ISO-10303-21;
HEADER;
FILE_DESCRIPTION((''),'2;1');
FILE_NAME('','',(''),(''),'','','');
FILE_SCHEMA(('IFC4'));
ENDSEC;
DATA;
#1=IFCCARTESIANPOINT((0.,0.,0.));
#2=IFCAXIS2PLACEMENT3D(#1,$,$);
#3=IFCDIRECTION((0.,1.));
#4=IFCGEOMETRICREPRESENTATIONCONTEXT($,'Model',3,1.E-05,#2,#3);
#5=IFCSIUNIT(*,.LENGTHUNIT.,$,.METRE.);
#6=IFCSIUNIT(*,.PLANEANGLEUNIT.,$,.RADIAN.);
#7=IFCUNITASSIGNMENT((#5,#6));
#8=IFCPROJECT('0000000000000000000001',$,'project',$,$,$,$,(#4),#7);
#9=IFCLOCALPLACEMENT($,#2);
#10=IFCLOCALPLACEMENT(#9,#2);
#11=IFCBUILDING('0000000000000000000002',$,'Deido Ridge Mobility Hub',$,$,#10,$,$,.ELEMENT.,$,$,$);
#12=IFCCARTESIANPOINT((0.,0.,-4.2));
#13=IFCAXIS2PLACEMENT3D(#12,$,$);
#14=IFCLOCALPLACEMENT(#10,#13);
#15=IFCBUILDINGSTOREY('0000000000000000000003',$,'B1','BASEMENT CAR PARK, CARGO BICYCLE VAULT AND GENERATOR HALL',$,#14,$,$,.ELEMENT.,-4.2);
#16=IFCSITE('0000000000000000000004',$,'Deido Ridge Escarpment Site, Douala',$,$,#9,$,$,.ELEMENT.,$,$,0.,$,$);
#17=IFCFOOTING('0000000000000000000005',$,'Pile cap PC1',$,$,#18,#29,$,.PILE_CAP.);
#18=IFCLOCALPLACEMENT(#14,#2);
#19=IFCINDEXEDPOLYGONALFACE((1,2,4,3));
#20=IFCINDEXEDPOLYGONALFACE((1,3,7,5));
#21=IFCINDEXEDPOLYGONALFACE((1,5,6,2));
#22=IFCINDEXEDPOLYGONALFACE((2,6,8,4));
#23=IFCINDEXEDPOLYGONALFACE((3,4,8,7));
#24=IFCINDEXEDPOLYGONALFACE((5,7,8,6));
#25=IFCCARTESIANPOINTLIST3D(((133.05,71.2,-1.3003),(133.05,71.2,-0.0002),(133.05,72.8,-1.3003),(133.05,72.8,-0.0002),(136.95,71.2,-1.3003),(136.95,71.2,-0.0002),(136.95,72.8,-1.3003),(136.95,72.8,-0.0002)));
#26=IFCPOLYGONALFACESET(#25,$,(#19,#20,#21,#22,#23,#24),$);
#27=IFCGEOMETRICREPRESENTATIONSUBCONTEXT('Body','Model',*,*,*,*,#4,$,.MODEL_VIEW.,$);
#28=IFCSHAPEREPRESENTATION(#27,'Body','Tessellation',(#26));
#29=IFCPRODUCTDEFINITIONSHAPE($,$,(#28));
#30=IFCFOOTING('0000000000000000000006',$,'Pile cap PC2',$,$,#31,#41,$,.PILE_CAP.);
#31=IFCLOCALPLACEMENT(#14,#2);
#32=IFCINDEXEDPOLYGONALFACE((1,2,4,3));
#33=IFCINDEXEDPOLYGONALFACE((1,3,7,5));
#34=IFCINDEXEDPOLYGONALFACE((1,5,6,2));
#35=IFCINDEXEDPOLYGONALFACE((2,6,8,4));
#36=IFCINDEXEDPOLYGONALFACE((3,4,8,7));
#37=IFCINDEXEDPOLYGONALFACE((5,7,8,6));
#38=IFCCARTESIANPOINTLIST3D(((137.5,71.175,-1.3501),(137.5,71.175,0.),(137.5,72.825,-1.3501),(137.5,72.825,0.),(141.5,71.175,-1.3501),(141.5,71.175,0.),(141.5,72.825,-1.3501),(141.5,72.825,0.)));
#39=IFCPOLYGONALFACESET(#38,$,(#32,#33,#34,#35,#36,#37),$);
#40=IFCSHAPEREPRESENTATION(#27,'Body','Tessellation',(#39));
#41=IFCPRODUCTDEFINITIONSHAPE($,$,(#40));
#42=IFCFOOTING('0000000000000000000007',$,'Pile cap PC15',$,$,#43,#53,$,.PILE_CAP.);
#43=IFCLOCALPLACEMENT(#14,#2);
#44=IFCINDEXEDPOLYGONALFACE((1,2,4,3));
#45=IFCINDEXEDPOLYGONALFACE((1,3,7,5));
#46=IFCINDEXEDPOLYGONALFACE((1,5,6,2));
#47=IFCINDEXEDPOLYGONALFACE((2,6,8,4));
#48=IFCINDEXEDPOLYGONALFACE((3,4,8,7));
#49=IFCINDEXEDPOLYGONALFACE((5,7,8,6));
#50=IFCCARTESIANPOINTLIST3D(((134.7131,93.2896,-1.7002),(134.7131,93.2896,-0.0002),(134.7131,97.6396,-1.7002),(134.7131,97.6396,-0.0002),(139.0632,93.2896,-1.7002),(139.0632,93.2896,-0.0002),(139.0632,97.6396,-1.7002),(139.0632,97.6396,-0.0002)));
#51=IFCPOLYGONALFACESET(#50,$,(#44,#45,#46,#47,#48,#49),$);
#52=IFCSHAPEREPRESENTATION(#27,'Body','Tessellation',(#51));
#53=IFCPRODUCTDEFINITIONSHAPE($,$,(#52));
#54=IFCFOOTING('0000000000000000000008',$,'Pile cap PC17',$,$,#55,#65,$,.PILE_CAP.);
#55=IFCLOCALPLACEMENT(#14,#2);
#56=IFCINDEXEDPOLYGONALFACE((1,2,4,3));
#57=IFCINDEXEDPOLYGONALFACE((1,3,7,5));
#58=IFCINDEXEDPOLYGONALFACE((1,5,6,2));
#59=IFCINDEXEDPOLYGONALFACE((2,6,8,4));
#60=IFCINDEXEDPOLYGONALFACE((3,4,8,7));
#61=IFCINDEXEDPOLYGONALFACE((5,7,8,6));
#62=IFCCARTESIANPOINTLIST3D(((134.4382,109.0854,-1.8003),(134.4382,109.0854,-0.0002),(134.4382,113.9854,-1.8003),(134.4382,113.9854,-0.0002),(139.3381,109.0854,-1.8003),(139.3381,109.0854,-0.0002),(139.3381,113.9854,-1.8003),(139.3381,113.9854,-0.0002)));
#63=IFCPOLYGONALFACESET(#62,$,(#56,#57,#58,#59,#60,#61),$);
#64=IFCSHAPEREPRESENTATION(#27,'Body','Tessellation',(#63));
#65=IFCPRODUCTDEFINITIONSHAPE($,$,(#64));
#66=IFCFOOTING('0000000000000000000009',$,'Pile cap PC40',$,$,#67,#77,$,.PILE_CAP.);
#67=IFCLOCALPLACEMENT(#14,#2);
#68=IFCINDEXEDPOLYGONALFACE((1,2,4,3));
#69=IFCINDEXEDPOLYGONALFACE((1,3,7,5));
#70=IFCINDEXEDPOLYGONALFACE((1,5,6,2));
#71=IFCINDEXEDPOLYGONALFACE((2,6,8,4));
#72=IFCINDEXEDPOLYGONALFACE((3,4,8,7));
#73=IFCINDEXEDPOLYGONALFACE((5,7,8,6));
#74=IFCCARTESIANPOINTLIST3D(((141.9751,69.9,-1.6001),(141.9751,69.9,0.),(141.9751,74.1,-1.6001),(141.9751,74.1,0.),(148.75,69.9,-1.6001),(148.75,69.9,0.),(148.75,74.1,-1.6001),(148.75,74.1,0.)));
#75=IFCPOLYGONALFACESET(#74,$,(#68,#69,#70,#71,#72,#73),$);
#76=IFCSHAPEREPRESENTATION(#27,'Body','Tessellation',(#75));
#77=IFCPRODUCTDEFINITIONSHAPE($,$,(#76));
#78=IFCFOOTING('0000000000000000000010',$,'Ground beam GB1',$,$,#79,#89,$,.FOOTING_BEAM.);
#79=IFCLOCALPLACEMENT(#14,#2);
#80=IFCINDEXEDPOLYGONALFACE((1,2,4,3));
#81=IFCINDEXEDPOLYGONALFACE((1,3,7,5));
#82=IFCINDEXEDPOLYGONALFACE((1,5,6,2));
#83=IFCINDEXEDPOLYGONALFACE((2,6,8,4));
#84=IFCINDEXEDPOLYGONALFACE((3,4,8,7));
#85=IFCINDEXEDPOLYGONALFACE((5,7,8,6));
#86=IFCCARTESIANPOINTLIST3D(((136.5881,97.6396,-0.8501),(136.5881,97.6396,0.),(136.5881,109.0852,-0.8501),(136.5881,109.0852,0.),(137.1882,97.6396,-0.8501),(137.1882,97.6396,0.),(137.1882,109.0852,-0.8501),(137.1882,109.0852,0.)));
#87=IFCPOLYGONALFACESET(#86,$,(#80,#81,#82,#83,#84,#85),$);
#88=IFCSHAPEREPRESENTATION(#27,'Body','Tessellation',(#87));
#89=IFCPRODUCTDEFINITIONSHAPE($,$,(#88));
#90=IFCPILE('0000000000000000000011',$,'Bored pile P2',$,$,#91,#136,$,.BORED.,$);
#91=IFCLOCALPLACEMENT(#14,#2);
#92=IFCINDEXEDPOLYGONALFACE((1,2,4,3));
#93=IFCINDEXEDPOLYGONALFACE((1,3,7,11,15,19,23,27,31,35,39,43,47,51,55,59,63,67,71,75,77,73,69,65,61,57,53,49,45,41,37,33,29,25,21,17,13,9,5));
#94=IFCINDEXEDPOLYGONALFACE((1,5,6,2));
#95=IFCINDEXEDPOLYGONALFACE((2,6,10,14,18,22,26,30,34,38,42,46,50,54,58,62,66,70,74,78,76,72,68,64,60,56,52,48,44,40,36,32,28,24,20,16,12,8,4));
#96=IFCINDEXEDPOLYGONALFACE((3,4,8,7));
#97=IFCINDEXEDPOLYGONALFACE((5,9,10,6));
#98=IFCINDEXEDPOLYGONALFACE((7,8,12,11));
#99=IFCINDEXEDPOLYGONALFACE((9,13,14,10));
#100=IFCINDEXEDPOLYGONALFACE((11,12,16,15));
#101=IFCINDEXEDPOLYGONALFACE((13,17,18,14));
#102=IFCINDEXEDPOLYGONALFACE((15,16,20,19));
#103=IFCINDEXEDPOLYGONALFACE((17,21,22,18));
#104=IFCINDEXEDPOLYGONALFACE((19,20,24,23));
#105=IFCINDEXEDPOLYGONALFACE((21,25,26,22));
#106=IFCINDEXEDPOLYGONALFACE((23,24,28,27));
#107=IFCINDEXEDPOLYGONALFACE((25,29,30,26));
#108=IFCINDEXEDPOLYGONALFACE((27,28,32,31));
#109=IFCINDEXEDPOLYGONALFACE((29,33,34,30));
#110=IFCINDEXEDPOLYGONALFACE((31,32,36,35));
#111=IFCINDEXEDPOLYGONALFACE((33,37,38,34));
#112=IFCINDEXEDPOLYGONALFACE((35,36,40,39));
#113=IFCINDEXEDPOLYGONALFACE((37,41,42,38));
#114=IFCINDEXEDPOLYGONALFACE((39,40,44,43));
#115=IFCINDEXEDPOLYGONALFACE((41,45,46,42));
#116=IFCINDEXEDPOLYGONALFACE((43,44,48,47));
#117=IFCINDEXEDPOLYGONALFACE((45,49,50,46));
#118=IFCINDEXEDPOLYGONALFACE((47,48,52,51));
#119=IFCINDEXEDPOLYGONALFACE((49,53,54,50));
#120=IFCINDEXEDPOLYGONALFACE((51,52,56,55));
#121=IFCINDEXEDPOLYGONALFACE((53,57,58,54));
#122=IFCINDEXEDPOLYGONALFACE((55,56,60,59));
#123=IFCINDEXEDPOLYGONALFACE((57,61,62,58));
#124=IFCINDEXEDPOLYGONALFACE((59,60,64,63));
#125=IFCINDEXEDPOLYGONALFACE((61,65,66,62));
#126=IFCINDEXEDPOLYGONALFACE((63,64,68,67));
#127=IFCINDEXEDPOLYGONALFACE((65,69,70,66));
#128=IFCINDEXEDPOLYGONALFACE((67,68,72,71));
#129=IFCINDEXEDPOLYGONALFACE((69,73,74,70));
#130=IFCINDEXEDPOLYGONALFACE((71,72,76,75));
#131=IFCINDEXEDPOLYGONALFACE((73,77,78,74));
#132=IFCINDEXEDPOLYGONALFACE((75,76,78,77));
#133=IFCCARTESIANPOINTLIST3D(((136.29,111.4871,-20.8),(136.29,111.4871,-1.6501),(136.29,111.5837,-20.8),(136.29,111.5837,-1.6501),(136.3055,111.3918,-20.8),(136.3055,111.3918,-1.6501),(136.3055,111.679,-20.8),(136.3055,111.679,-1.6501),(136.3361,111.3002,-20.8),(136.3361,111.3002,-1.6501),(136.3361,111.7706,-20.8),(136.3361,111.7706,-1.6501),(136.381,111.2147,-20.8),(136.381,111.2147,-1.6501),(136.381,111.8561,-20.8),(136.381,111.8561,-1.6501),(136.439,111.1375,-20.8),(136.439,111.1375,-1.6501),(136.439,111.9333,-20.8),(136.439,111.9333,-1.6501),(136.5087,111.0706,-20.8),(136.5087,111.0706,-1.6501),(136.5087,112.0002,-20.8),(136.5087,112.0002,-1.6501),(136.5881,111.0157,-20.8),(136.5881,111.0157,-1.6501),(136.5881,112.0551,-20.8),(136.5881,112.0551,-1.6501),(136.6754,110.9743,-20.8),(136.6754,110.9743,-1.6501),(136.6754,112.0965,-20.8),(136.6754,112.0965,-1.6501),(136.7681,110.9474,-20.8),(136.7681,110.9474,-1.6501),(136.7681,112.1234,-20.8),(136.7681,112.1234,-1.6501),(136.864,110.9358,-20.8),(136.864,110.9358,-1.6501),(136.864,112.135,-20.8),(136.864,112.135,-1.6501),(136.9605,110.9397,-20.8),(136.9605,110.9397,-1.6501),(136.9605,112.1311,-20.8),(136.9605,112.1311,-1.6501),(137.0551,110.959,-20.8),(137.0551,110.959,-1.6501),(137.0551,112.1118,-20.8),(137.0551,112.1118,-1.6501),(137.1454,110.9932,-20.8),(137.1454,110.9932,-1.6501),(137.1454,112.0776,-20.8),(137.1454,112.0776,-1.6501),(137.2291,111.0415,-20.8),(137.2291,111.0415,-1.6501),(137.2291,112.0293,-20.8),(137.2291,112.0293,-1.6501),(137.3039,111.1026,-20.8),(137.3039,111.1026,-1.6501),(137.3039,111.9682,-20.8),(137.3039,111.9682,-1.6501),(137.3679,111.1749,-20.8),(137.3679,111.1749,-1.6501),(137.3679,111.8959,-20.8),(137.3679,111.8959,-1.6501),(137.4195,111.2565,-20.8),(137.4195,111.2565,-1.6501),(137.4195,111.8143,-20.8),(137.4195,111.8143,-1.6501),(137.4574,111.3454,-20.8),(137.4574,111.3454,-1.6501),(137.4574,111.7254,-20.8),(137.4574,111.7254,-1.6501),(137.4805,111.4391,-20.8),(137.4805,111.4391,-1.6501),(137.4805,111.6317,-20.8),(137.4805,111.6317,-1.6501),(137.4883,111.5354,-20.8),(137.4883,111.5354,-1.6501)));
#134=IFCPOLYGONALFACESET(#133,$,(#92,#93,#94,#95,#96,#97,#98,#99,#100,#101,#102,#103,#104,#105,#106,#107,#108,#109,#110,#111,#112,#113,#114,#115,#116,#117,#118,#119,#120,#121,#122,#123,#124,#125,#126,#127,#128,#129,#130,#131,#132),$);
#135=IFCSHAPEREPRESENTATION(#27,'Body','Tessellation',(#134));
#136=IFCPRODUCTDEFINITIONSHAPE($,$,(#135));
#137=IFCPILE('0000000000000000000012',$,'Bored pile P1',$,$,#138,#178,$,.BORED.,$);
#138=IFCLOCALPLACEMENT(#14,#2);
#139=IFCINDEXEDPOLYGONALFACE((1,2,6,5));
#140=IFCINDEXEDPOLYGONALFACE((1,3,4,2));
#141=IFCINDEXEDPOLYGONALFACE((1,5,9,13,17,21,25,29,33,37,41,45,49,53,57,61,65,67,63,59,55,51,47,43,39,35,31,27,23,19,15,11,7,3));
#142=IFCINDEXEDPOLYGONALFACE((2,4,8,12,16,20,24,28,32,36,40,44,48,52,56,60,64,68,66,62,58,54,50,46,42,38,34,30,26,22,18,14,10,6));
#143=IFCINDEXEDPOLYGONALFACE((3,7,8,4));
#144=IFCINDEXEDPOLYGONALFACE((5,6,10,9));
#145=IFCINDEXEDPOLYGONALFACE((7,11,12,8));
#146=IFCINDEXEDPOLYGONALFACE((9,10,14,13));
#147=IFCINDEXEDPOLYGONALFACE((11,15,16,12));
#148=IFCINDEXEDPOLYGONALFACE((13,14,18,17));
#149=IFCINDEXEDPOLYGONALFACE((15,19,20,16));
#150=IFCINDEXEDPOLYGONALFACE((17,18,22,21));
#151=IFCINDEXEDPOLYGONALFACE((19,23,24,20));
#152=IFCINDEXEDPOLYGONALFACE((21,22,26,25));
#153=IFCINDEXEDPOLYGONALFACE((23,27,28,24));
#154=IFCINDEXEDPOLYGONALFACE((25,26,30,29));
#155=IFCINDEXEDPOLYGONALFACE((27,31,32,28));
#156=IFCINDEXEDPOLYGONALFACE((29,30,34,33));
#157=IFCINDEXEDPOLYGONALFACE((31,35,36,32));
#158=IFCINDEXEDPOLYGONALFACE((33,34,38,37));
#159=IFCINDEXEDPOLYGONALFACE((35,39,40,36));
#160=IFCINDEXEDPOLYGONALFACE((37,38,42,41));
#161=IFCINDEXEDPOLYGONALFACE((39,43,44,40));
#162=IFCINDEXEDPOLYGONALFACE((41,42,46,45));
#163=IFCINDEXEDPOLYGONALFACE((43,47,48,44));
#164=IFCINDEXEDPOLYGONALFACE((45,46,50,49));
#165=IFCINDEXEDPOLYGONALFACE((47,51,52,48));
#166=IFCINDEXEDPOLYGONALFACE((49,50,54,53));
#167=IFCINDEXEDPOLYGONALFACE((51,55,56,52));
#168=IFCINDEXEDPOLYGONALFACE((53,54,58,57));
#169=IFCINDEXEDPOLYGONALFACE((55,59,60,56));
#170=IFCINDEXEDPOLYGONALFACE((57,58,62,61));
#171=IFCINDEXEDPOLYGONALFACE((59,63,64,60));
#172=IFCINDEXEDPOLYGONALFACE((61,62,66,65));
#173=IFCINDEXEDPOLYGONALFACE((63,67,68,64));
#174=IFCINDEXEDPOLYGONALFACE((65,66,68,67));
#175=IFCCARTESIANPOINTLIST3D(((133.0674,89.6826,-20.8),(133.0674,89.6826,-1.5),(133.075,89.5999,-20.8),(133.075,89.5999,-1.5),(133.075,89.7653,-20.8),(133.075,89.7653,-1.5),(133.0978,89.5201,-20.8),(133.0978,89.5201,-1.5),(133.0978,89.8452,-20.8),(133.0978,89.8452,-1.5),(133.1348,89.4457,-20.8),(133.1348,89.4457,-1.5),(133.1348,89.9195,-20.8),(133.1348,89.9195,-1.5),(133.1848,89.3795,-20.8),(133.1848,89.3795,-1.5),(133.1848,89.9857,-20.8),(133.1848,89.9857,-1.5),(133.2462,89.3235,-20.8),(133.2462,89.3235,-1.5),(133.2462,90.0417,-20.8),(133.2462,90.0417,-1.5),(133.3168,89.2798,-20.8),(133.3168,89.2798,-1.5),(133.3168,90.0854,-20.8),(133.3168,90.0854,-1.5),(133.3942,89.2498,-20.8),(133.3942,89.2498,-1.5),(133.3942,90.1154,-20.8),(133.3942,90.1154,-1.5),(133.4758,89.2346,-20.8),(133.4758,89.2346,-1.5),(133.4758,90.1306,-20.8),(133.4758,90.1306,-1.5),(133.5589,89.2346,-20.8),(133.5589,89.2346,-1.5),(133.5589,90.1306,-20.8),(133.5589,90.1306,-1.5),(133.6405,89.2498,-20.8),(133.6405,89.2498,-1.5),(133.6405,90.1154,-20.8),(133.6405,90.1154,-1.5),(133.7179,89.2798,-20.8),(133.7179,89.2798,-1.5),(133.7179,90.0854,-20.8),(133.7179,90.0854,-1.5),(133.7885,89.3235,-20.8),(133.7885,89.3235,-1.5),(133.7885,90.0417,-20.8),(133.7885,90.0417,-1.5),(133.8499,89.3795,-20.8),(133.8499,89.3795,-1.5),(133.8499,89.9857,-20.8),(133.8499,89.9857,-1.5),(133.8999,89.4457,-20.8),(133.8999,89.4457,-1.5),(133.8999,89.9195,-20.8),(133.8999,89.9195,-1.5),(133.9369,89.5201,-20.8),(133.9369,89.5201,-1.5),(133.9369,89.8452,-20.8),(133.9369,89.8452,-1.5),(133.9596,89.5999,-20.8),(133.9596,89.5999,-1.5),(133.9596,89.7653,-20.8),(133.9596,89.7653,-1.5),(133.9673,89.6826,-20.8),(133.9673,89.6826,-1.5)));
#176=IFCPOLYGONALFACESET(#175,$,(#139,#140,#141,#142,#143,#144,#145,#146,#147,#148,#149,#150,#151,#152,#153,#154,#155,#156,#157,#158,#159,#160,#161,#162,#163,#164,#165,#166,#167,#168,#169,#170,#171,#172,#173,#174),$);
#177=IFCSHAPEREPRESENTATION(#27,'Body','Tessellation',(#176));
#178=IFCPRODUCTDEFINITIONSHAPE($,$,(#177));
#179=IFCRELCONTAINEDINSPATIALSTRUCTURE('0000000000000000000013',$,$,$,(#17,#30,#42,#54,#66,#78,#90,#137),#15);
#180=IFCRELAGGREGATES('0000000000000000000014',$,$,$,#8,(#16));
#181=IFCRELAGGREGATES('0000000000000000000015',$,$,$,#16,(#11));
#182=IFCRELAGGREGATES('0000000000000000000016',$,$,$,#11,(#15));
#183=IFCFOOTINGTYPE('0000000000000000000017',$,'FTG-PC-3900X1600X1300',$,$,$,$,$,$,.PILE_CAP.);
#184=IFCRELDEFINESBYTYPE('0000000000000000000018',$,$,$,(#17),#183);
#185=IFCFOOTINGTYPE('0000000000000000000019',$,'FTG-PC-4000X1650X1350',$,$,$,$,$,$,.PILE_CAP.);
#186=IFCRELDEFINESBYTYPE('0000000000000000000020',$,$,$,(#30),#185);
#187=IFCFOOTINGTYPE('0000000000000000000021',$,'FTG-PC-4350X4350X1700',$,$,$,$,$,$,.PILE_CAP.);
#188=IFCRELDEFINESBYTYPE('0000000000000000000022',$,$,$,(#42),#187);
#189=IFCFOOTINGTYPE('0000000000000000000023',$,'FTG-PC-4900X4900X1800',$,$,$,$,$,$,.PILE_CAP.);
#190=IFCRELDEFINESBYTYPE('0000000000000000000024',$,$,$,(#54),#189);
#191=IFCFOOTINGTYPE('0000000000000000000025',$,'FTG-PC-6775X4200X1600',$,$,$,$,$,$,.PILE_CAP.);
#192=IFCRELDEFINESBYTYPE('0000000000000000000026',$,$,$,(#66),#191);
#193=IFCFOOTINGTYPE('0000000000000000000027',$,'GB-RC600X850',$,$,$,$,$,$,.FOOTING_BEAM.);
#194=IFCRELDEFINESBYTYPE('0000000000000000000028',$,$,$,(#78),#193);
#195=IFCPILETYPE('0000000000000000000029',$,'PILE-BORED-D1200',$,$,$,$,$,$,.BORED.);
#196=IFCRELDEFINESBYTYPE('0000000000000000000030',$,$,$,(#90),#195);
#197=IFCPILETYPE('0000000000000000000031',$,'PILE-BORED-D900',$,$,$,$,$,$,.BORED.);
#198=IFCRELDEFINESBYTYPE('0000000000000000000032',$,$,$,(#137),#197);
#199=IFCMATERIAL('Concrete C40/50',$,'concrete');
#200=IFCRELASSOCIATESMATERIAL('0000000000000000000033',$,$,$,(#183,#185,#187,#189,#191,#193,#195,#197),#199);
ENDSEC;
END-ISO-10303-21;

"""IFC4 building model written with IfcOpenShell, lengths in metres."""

from ifc_helpers import new_model, si_unit, direction, frame, origin, origin_2d, place, context, subcontext, project, spatial, rectangle, circle, extrude, material, material_profile, profile_set, type_object, element, save


model = new_model("IFC4")

# Units and contexts
model_context = context("Model", 3, precision=1e-05, world=origin(), true_north=direction((0.0, 1.0)))
body_context = subcontext(model_context, "Body", "Model", "MODEL_VIEW")
ifc_project = project(units=[si_unit("LENGTHUNIT", "METRE"), si_unit("PLANEANGLEUNIT", "RADIAN")], contexts=[model_context])

# Site, building, storey
site_placement = place(None, origin())
site = spatial("IfcSite", under=ifc_project, at=site_placement, Name="Deido Ridge Escarpment Site, Douala", CompositionType="ELEMENT", RefElevation=0.0)
building_placement = place(site_placement, origin())
building = spatial("IfcBuilding", under=site, at=building_placement, Name="Deido Ridge Mobility Hub", CompositionType="ELEMENT")
storey_placement = place(building_placement, frame((0.0, 0.0, -4.2)))
storey = spatial("IfcBuildingStorey", under=building, at=storey_placement, Name="B1", Description="BASEMENT CAR PARK, CARGO BICYCLE VAULT AND GENERATOR HALL", CompositionType="ELEMENT", Elevation=-4.2)

# Footings
ifc_material_1 = material(Name="Concrete C40/50", Category="concrete")
footing_type_1 = type_object("IfcFootingType", Name="FTG-PC-3900X1600X1300", PredefinedType="PILE_CAP", material=ifc_material_1)
footing_1_placement = place(storey_placement, frame((135.0, 72.0, -1.3003), z_axis=(0.0, 0.0, 1.0), x_axis=(1.0, 0.0, 0.0)))
element("IfcFooting", 1, at=footing_1_placement, inside=storey, type_object=footing_type_1, Name="Pile cap PC1", PredefinedType="PILE_CAP", context=body_context, shape_type="SweptSolid", body=[
    extrude(rectangle(XDim=3.8999, YDim=1.6001, at=origin_2d()), origin(), (0.0, 0.0, 1.0), 1.3),
])
footing_type_2 = type_object("IfcFootingType", Name="FTG-PC-4000X1650X1350", PredefinedType="PILE_CAP", material=ifc_material_1)
footing_2_placement = place(storey_placement, frame((139.5, 72.0, -1.3501), z_axis=(0.0, 0.0, 1.0), x_axis=(1.0, 0.0, 0.0)))
element("IfcFooting", 2, at=footing_2_placement, inside=storey, type_object=footing_type_2, Name="Pile cap PC2", PredefinedType="PILE_CAP", context=body_context, shape_type="SweptSolid", body=[
    extrude(rectangle(XDim=4.0, YDim=1.6499, at=origin_2d()), origin(), (0.0, 0.0, 1.0), 1.3501),
])
footing_type_3 = type_object("IfcFootingType", Name="FTG-PC-4350X4350X1700", PredefinedType="PILE_CAP", material=ifc_material_1)
footing_3_placement = place(storey_placement, frame((136.8882, 95.4646, -1.7002), z_axis=(0.0, 0.0, 1.0), x_axis=(1.0, 0.0, 0.0)))
element("IfcFooting", 3, at=footing_3_placement, inside=storey, type_object=footing_type_3, Name="Pile cap PC15", PredefinedType="PILE_CAP", context=body_context, shape_type="SweptSolid", body=[
    extrude(rectangle(XDim=4.3501, YDim=4.3501, at=origin_2d()), origin(), (0.0, 0.0, 1.0), 1.7),
])
footing_type_4 = type_object("IfcFootingType", Name="FTG-PC-4900X4900X1800", PredefinedType="PILE_CAP", material=ifc_material_1)
footing_4_placement = place(storey_placement, frame((136.8882, 111.5354, -1.8003), z_axis=(0.0, 0.0, 1.0), x_axis=(1.0, 0.0, 0.0)))
element("IfcFooting", 4, at=footing_4_placement, inside=storey, type_object=footing_type_4, Name="Pile cap PC17", PredefinedType="PILE_CAP", context=body_context, shape_type="SweptSolid", body=[
    extrude(rectangle(XDim=4.8999, YDim=4.8999, at=origin_2d()), origin(), (0.0, 0.0, 1.0), 1.8),
])
footing_type_5 = type_object("IfcFootingType", Name="FTG-PC-6775X4200X1600", PredefinedType="PILE_CAP", material=ifc_material_1)
footing_5_placement = place(storey_placement, frame((145.3625, 72.0, -1.6001), z_axis=(0.0, 0.0, 1.0), x_axis=(1.0, 0.0, 0.0)))
element("IfcFooting", 5, at=footing_5_placement, inside=storey, type_object=footing_type_5, Name="Pile cap PC40", PredefinedType="PILE_CAP", context=body_context, shape_type="SweptSolid", body=[
    extrude(rectangle(XDim=6.7749, YDim=4.2, at=origin_2d()), origin(), (0.0, 0.0, 1.0), 1.6001),
])
ifc_material_profile_1 = material_profile(ifc_material_1, rectangle(XDim=0.6001, YDim=0.8501, at=origin_2d()), Name="RC GB 600x850")
ifc_profile_set_1 = profile_set([ifc_material_profile_1], Name="Concrete C40/50")
footing_type_6 = type_object("IfcFootingType", Name="GB-RC600X850", PredefinedType="FOOTING_BEAM", material=ifc_profile_set_1)
footing_6_placement = place(storey_placement, frame((136.8882, 97.6396, -0.425), z_axis=(0.0, 1.0, 0.0), x_axis=(-1.0, 0.0, 0.0)))
element("IfcFooting", 6, at=footing_6_placement, inside=storey, type_object=footing_type_6, Name="Ground beam GB1", PredefinedType="FOOTING_BEAM", context=body_context, shape_type="SweptSolid", body=[
    extrude(rectangle(XDim=0.6001, YDim=0.8501, at=origin_2d()), origin(), (0.0, 0.0, 1.0), 11.4456),
])

# Piles
ifc_material_profile_2 = material_profile(ifc_material_1, circle(Radius=0.6001, at=origin_2d()), Name="BORED PILE D1200")
ifc_profile_set_2 = profile_set([ifc_material_profile_2], Name="Concrete C40/50")
pile_type_1 = type_object("IfcPileType", Name="PILE-BORED-D1200", PredefinedType="BORED", material=ifc_profile_set_2)
pile_1_placement = place(storey_placement, frame((136.8882, 111.5354, -1.6501), z_axis=(0.0, 0.0, -1.0), x_axis=(1.0, 0.0, 0.0)))
element("IfcPile", 7, at=pile_1_placement, inside=storey, type_object=pile_type_1, Name="Bored pile P2", PredefinedType="BORED", context=body_context, shape_type="SweptSolid", body=[
    extrude(circle(Radius=0.6001, at=origin_2d()), origin(), (0.0, 0.0, 1.0), 19.1499),
])
ifc_material_profile_3 = material_profile(ifc_material_1, circle(Radius=0.45, at=origin_2d()), Name="BORED PILE D900")
ifc_profile_set_3 = profile_set([ifc_material_profile_3], Name="Concrete C40/50")
pile_type_2 = type_object("IfcPileType", Name="PILE-BORED-D900", PredefinedType="BORED", material=ifc_profile_set_3)
pile_2_placement = place(storey_placement, frame((133.5173, 89.6826, -1.5), z_axis=(0.0, 0.0, -1.0), x_axis=(1.0, 0.0, 0.0)))
element("IfcPile", 8, at=pile_2_placement, inside=storey, type_object=pile_type_2, Name="Bored pile P1", PredefinedType="BORED", context=body_context, shape_type="SweptSolid", body=[
    extrude(circle(Radius=0.45, at=origin_2d()), origin(), (0.0, 0.0, 1.0), 19.3),
])

save(model, "model.ifc")
